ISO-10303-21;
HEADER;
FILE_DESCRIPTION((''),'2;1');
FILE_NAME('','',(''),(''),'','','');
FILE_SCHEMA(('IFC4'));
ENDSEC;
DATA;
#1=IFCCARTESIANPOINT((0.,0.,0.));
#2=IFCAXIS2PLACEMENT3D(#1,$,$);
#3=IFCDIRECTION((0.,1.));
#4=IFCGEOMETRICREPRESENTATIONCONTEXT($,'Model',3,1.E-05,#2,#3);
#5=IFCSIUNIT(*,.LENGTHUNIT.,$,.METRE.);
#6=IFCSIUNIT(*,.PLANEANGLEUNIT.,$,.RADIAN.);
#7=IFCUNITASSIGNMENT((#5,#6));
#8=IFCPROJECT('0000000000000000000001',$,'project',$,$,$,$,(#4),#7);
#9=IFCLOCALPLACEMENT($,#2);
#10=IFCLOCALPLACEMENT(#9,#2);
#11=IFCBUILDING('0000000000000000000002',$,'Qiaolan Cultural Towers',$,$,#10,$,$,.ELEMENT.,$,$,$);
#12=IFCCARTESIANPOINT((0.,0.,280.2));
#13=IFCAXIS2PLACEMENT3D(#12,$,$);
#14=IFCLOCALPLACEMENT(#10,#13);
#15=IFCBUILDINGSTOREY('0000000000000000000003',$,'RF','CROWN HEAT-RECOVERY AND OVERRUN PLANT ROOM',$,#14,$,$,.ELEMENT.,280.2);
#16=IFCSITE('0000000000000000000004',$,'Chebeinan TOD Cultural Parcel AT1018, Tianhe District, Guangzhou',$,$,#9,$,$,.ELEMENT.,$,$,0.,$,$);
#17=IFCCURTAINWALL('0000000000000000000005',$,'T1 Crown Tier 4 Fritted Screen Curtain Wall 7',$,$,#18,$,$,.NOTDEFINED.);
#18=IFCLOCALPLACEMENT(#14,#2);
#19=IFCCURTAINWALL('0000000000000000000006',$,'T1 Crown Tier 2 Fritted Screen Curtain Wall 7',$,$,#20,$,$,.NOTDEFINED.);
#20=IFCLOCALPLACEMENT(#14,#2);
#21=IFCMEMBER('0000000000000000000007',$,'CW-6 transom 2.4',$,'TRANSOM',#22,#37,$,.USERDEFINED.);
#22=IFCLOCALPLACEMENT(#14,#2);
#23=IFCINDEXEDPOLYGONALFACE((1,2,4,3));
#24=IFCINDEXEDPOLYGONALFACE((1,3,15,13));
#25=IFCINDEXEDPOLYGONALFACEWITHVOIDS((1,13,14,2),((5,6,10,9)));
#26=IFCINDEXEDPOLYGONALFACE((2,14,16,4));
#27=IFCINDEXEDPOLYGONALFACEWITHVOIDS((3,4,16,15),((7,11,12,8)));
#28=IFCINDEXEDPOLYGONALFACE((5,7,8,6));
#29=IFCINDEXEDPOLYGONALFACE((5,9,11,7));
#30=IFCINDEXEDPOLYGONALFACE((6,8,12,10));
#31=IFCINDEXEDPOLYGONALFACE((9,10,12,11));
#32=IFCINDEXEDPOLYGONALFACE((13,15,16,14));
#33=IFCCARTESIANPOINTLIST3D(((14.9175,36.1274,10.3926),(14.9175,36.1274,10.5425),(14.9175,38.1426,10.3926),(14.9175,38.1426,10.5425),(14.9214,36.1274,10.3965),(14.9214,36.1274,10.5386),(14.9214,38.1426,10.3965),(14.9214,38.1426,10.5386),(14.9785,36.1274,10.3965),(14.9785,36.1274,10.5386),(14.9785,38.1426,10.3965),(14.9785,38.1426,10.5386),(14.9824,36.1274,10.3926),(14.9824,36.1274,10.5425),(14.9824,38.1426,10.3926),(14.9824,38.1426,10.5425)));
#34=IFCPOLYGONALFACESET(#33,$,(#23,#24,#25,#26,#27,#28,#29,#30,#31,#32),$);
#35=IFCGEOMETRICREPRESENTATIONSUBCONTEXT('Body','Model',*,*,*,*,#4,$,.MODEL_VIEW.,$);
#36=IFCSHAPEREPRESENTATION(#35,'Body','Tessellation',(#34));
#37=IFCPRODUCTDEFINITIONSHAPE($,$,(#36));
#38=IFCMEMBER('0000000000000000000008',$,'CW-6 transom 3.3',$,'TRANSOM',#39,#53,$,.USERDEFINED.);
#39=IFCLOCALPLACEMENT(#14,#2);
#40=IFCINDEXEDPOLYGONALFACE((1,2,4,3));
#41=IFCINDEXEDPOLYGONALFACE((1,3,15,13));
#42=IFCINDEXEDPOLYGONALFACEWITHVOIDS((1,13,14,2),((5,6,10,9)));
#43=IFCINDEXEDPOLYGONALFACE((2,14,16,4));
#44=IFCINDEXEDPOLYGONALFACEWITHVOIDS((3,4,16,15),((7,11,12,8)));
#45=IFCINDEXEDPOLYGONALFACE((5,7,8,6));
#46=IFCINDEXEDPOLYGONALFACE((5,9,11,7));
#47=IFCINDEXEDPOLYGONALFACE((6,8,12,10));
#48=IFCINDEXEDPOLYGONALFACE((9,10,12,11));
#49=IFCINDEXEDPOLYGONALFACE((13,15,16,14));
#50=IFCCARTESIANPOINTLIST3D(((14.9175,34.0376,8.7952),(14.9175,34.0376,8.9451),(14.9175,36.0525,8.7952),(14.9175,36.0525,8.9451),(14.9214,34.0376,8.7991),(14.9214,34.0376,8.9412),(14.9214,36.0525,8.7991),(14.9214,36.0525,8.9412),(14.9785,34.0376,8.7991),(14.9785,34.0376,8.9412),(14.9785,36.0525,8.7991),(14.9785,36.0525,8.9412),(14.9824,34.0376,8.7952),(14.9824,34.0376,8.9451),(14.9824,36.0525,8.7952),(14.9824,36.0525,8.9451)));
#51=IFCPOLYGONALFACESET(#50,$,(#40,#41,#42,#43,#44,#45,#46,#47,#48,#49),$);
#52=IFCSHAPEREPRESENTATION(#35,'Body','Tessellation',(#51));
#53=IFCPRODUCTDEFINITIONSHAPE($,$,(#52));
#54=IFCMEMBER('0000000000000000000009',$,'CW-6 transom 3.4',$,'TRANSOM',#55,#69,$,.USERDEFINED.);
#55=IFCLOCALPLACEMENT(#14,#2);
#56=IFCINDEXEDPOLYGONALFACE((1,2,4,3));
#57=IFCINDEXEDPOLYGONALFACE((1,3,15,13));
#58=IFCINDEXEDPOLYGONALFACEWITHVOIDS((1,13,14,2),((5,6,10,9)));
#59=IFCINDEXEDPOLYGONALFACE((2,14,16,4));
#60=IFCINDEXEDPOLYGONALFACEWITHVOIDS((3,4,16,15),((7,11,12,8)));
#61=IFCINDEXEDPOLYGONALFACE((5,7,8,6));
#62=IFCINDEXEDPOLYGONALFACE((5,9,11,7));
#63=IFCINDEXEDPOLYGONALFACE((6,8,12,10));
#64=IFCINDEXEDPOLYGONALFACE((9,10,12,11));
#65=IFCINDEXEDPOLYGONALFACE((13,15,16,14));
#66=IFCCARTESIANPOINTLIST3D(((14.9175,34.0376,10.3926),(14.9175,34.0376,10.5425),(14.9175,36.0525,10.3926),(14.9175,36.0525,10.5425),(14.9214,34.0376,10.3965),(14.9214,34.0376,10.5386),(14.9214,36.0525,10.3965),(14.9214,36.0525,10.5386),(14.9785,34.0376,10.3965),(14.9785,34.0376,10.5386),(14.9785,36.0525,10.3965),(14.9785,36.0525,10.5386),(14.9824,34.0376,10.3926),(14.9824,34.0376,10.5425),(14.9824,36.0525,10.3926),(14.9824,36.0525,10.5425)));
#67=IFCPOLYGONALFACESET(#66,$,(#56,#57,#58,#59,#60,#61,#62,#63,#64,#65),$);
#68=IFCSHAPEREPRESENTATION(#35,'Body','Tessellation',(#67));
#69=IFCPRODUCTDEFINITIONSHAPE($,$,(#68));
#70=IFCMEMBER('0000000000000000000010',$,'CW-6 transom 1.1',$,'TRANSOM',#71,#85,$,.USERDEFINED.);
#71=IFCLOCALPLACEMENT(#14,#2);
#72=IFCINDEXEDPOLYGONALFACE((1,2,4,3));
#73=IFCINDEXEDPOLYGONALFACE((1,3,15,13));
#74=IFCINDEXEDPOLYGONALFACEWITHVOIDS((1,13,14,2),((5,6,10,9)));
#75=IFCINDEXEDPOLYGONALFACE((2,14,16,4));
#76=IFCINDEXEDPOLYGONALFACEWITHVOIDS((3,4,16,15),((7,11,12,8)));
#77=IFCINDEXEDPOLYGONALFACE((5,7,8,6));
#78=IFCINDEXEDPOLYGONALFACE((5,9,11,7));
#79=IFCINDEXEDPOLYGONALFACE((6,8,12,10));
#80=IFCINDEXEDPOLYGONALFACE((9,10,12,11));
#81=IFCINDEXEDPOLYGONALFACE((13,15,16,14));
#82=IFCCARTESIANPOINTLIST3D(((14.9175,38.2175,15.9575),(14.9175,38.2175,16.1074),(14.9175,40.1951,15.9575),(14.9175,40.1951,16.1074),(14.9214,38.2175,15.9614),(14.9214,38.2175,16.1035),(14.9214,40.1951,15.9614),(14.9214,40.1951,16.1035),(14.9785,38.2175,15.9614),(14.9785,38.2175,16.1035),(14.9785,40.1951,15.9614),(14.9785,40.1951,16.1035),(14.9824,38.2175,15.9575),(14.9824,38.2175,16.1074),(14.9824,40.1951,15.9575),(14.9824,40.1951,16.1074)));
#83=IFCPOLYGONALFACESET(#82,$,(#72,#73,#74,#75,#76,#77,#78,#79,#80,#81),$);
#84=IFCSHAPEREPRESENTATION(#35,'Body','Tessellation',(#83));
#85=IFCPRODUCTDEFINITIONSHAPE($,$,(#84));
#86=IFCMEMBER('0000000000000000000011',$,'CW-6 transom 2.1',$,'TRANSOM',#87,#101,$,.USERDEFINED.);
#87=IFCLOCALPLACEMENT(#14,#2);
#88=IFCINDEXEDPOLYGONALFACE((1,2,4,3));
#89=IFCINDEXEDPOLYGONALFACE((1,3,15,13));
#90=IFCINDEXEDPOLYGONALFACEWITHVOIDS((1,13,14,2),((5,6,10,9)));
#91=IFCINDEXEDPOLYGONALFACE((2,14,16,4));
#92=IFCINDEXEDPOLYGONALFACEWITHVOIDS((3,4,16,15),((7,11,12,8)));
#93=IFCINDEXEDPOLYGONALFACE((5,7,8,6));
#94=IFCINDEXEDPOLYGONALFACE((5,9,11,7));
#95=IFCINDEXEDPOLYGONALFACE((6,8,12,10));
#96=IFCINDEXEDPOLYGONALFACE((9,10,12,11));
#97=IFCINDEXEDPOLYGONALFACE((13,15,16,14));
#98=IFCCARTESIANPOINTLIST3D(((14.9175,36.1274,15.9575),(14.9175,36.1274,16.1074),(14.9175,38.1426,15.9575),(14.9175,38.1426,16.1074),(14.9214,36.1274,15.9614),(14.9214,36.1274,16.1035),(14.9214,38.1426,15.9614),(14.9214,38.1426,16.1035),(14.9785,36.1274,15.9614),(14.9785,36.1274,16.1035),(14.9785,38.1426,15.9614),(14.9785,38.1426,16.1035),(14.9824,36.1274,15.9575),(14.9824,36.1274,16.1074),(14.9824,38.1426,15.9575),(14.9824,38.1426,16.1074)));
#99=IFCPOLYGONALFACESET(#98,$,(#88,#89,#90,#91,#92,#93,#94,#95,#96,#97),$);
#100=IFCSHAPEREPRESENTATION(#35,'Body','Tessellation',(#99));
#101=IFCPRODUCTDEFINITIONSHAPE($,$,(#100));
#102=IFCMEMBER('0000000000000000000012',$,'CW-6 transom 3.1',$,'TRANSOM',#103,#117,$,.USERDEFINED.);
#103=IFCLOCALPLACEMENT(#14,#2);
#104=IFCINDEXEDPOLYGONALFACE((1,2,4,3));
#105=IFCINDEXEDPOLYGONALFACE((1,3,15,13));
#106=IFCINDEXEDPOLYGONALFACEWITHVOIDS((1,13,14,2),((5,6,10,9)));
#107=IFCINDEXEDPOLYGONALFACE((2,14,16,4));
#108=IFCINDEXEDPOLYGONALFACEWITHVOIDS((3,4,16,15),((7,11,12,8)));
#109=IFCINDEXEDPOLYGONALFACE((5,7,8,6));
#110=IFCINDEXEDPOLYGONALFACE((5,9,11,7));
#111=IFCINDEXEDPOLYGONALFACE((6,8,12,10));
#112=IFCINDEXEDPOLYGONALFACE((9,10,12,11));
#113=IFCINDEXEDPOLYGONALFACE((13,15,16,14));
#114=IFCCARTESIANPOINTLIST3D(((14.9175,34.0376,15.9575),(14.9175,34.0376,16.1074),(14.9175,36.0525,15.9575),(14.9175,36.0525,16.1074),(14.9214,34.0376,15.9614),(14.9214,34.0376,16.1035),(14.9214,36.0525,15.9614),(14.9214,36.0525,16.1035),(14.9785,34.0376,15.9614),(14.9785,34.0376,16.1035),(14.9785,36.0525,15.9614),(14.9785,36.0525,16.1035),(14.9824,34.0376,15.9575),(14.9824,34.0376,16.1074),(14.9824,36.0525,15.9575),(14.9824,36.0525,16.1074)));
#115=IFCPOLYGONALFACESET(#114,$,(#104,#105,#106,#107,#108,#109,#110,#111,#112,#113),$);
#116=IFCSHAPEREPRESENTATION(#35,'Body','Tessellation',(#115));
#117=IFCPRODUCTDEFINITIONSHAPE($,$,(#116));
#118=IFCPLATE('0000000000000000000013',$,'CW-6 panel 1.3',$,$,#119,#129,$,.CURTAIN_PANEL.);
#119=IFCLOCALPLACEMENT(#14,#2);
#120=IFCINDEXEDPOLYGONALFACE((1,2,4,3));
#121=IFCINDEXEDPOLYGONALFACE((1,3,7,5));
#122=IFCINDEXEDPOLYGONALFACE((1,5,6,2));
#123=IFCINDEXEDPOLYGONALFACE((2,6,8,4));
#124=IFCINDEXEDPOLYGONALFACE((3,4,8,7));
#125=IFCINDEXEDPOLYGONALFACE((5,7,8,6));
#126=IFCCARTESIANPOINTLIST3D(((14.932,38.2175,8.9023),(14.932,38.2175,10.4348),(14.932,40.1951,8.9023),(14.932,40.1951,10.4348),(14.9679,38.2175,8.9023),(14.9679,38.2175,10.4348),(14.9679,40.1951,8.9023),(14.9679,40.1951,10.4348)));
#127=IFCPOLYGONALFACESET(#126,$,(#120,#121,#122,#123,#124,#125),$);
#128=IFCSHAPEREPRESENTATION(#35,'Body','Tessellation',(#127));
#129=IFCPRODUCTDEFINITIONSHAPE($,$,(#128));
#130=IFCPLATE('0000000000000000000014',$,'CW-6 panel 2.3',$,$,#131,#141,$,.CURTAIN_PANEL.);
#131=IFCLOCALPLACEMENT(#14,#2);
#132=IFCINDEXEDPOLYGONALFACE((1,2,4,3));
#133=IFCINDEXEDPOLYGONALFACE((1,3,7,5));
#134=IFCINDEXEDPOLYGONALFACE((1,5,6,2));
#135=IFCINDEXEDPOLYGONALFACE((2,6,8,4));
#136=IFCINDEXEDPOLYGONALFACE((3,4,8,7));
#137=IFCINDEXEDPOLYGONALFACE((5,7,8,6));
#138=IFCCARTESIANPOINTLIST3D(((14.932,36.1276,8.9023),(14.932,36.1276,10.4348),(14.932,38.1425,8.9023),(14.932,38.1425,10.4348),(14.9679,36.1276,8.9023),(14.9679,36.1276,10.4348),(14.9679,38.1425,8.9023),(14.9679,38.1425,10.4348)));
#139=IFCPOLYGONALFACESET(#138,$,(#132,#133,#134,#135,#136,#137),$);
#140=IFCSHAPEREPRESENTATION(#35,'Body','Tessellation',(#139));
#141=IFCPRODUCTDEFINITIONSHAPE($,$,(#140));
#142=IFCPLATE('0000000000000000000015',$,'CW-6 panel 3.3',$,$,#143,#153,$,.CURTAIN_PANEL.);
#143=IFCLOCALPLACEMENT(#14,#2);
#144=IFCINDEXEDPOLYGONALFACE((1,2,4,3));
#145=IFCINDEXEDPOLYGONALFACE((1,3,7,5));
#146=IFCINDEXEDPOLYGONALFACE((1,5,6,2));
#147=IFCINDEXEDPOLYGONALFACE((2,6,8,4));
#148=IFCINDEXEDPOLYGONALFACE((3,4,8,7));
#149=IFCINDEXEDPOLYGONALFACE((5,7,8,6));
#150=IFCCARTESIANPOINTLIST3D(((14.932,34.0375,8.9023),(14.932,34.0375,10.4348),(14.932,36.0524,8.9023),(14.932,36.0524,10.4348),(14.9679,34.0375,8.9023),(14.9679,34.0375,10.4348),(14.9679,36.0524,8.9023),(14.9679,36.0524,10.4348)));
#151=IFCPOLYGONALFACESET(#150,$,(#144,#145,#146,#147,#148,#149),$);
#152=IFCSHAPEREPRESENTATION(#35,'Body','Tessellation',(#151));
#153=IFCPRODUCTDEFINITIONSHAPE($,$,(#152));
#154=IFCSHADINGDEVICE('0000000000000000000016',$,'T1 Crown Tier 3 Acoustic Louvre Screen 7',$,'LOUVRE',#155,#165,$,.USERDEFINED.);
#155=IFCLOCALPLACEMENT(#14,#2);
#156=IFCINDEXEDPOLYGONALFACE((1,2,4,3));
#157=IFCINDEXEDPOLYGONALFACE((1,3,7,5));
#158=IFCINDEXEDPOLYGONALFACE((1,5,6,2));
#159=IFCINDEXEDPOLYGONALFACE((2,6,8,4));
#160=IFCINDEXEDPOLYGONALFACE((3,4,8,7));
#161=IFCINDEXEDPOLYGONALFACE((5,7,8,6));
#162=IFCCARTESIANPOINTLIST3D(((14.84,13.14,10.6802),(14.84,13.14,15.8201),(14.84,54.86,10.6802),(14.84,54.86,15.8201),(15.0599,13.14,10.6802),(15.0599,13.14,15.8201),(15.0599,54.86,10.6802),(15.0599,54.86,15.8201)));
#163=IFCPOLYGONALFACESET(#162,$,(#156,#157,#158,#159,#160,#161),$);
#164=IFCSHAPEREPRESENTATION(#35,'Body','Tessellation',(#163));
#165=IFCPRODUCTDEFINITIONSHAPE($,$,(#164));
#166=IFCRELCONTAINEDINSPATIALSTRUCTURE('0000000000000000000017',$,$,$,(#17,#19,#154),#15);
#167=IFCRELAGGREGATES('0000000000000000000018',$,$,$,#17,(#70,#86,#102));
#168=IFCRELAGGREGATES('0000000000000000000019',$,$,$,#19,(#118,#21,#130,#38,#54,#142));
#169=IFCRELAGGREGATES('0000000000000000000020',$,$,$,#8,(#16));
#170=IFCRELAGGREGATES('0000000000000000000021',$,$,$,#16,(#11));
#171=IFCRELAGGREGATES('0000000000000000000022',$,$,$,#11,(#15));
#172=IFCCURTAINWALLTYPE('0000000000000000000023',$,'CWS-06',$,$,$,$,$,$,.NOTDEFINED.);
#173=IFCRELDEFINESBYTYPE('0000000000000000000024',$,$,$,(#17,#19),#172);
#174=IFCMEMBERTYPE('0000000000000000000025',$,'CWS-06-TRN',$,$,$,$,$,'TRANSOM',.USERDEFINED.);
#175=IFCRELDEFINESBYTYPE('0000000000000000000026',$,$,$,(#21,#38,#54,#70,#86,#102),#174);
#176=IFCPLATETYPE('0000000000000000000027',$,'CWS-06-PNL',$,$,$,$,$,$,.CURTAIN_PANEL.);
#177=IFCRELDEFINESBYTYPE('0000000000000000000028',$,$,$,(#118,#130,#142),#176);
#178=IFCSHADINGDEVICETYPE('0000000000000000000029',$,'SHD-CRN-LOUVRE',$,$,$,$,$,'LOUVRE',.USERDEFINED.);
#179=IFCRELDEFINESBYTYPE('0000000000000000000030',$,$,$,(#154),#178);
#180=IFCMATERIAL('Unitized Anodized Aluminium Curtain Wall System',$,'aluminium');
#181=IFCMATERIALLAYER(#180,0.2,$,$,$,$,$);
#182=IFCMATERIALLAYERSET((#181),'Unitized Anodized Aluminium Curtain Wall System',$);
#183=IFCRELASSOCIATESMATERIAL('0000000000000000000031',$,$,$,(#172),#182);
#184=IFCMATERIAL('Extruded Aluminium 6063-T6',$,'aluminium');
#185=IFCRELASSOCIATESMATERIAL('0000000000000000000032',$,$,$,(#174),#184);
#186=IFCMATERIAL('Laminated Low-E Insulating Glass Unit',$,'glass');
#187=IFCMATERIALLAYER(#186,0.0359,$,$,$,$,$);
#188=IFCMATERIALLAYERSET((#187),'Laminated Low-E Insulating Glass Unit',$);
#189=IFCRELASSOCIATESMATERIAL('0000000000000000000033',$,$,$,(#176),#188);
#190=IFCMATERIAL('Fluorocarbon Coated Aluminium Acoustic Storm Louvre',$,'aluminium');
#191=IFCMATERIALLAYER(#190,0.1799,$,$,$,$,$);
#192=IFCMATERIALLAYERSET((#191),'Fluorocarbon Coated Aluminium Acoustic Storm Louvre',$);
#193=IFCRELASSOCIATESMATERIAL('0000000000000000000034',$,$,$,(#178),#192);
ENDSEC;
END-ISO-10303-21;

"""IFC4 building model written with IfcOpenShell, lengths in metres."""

from ifc_helpers import new_model, si_unit, direction, frame, origin, origin_2d, place, context, subcontext, project, spatial, rectangle, hollow_rectangle, extrude, material, layer, layer_set, material_profile, profile_set, type_object, element, aggregate, save


model = new_model("IFC4")

# Units and contexts
model_context = context("Model", 3, precision=1e-05, world=origin(), true_north=direction((0.0, 1.0)))
body_context = subcontext(model_context, "Body", "Model", "MODEL_VIEW")
ifc_project = project(units=[si_unit("LENGTHUNIT", "METRE"), si_unit("PLANEANGLEUNIT", "RADIAN")], contexts=[model_context])

# Site, building, storey
site_placement = place(None, origin())
site = spatial("IfcSite", under=ifc_project, at=site_placement, Name="Chebeinan TOD Cultural Parcel AT1018, Tianhe District, Guangzhou", CompositionType="ELEMENT", RefElevation=0.0)
building_placement = place(site_placement, origin())
building = spatial("IfcBuilding", under=site, at=building_placement, Name="Qiaolan Cultural Towers", CompositionType="ELEMENT")
storey_placement = place(building_placement, frame((0.0, 0.0, 280.2)))
storey = spatial("IfcBuildingStorey", under=building, at=storey_placement, Name="RF", Description="CROWN HEAT-RECOVERY AND OVERRUN PLANT ROOM", CompositionType="ELEMENT", Elevation=280.2)

# Curtain walls, members
ifc_material_1 = material(Name="Unitized Anodized Aluminium Curtain Wall System", Category="aluminium")
ifc_layer_1 = layer(ifc_material_1, 0.2)
ifc_layer_set_1 = layer_set([ifc_layer_1], Name="Unitized Anodized Aluminium Curtain Wall System")
curtain_wall_type = type_object("IfcCurtainWallType", Name="CWS-06", PredefinedType="NOTDEFINED", material=ifc_layer_set_1)
curtain_wall_1_placement = place(storey_placement, origin())
curtain_wall_1 = element("IfcCurtainWall", 1, at=curtain_wall_1_placement, inside=storey, type_object=curtain_wall_type, Name="T1 Crown Tier 4 Fritted Screen Curtain Wall 7", PredefinedType="NOTDEFINED")
curtain_wall_2_placement = place(storey_placement, origin())
curtain_wall_2 = element("IfcCurtainWall", 2, at=curtain_wall_2_placement, inside=storey, type_object=curtain_wall_type, Name="T1 Crown Tier 2 Fritted Screen Curtain Wall 7", PredefinedType="NOTDEFINED")
ifc_material_2 = material(Name="Extruded Aluminium 6063-T6", Category="aluminium")
ifc_material_profile_1 = material_profile(ifc_material_2, hollow_rectangle(XDim=0.0649, YDim=0.1499, WallThickness=0.0039, at=origin_2d()), Name="CWT-150x65x4")
ifc_profile_set_1 = profile_set([ifc_material_profile_1], Name="Extruded Aluminium 6063-T6")
member_type_1 = type_object("IfcMemberType", Name="CWS-06-TRN", ElementType="TRANSOM", PredefinedType="USERDEFINED", material=ifc_profile_set_1)
member_1_placement = place(storey_placement, frame((14.95, 38.1426, 10.4675), z_axis=(0.0, -1.0, 0.0), x_axis=(1.0, 0.0, 0.0)))
member_1 = element("IfcMember", 3, at=member_1_placement, type_object=member_type_1, Name="CW-6 transom 2.4", ObjectType="TRANSOM", PredefinedType="USERDEFINED", context=body_context, shape_type="SweptSolid", body=[
    extrude(hollow_rectangle(XDim=0.0649, YDim=0.1499, WallThickness=0.0039, at=origin_2d()), origin(), (0.0, 0.0, 1.0), 2.0151),
])
member_2_placement = place(storey_placement, frame((14.95, 36.0525, 8.8701), z_axis=(0.0, -1.0, 0.0), x_axis=(1.0, 0.0, 0.0)))
member_2 = element("IfcMember", 4, at=member_2_placement, type_object=member_type_1, Name="CW-6 transom 3.3", ObjectType="TRANSOM", PredefinedType="USERDEFINED", context=body_context, shape_type="SweptSolid", body=[
    extrude(hollow_rectangle(XDim=0.0649, YDim=0.1499, WallThickness=0.0039, at=origin_2d()), origin(), (0.0, 0.0, 1.0), 2.0149),
])
member_3_placement = place(storey_placement, frame((14.95, 36.0525, 10.4675), z_axis=(0.0, -1.0, 0.0), x_axis=(1.0, 0.0, 0.0)))
member_3 = element("IfcMember", 5, at=member_3_placement, type_object=member_type_1, Name="CW-6 transom 3.4", ObjectType="TRANSOM", PredefinedType="USERDEFINED", context=body_context, shape_type="SweptSolid", body=[
    extrude(hollow_rectangle(XDim=0.0649, YDim=0.1499, WallThickness=0.0039, at=origin_2d()), origin(), (0.0, 0.0, 1.0), 2.0149),
])

# Members
member_4_placement = place(storey_placement, frame((14.95, 40.1951, 16.0325), z_axis=(0.0, -1.0, 0.0), x_axis=(1.0, 0.0, 0.0)))
member_4 = element("IfcMember", 6, at=member_4_placement, type_object=member_type_1, Name="CW-6 transom 1.1", ObjectType="TRANSOM", PredefinedType="USERDEFINED", context=body_context, shape_type="SweptSolid", body=[
    extrude(hollow_rectangle(XDim=0.0649, YDim=0.1499, WallThickness=0.0039, at=origin_2d()), origin(), (0.0, 0.0, 1.0), 1.9775),
])
member_5_placement = place(storey_placement, frame((14.95, 38.1426, 16.0325), z_axis=(0.0, -1.0, 0.0), x_axis=(1.0, 0.0, 0.0)))
member_5 = element("IfcMember", 7, at=member_5_placement, type_object=member_type_1, Name="CW-6 transom 2.1", ObjectType="TRANSOM", PredefinedType="USERDEFINED", context=body_context, shape_type="SweptSolid", body=[
    extrude(hollow_rectangle(XDim=0.0649, YDim=0.1499, WallThickness=0.0039, at=origin_2d()), origin(), (0.0, 0.0, 1.0), 2.0151),
])
member_6_placement = place(storey_placement, frame((14.95, 36.0525, 16.0325), z_axis=(0.0, -1.0, 0.0), x_axis=(1.0, 0.0, 0.0)))
member_6 = element("IfcMember", 8, at=member_6_placement, type_object=member_type_1, Name="CW-6 transom 3.1", ObjectType="TRANSOM", PredefinedType="USERDEFINED", context=body_context, shape_type="SweptSolid", body=[
    extrude(hollow_rectangle(XDim=0.0649, YDim=0.1499, WallThickness=0.0039, at=origin_2d()), origin(), (0.0, 0.0, 1.0), 2.0149),
])
aggregate(curtain_wall_1, [member_4, member_5, member_6])

# Plates
ifc_material_3 = material(Name="Laminated Low-E Insulating Glass Unit", Category="glass")
ifc_layer_2 = layer(ifc_material_3, 0.0359)
ifc_layer_set_2 = layer_set([ifc_layer_2], Name="Laminated Low-E Insulating Glass Unit")
plate_type = type_object("IfcPlateType", Name="CWS-06-PNL", PredefinedType="CURTAIN_PANEL", material=ifc_layer_set_2)
plate_1_placement = place(storey_placement, frame((14.95, 39.2063, 8.9023), z_axis=(0.0, 0.0, 1.0), x_axis=(0.0, -1.0, 0.0)))
plate_1 = element("IfcPlate", 9, at=plate_1_placement, type_object=plate_type, Name="CW-6 panel 1.3", PredefinedType="CURTAIN_PANEL", context=body_context, shape_type="SweptSolid", body=[
    extrude(rectangle(XDim=1.9775, YDim=0.0359, at=origin_2d()), origin(), (0.0, 0.0, 1.0), 1.5325),
])
plate_2_placement = place(storey_placement, frame((14.95, 37.135, 8.9023), z_axis=(0.0, 0.0, 1.0), x_axis=(0.0, -1.0, 0.0)))
plate_2 = element("IfcPlate", 10, at=plate_2_placement, type_object=plate_type, Name="CW-6 panel 2.3", PredefinedType="CURTAIN_PANEL", context=body_context, shape_type="SweptSolid", body=[
    extrude(rectangle(XDim=2.0149, YDim=0.0359, at=origin_2d()), origin(), (0.0, 0.0, 1.0), 1.5325),
])
plate_3_placement = place(storey_placement, frame((14.95, 35.0449, 8.9023), z_axis=(0.0, 0.0, 1.0), x_axis=(0.0, -1.0, 0.0)))
plate_3 = element("IfcPlate", 11, at=plate_3_placement, type_object=plate_type, Name="CW-6 panel 3.3", PredefinedType="CURTAIN_PANEL", context=body_context, shape_type="SweptSolid", body=[
    extrude(rectangle(XDim=2.0149, YDim=0.0359, at=origin_2d()), origin(), (0.0, 0.0, 1.0), 1.5325),
])
aggregate(curtain_wall_2, [plate_1, member_1, plate_2, member_2, member_3, plate_3])

# Shading device
ifc_material_4 = material(Name="Fluorocarbon Coated Aluminium Acoustic Storm Louvre", Category="aluminium")
ifc_layer_3 = layer(ifc_material_4, 0.1799)
ifc_layer_set_3 = layer_set([ifc_layer_3], Name="Fluorocarbon Coated Aluminium Acoustic Storm Louvre")
shading_device_type = type_object("IfcShadingDeviceType", Name="SHD-CRN-LOUVRE", ElementType="LOUVRE", PredefinedType="USERDEFINED", material=ifc_layer_set_3)
shading_device_placement = place(storey_placement, frame((14.95, 34.0, 10.6802), z_axis=(0.0, 0.0, 1.0), x_axis=(0.0, -1.0, 0.0)))
element("IfcShadingDevice", 12, at=shading_device_placement, inside=storey, type_object=shading_device_type, Name="T1 Crown Tier 3 Acoustic Louvre Screen 7", ObjectType="LOUVRE", PredefinedType="USERDEFINED", context=body_context, shape_type="SweptSolid", body=[
    extrude(rectangle(XDim=41.72, YDim=0.22, at=origin_2d()), origin(), (0.0, 0.0, 1.0), 5.1399),
])

save(model, "model.ifc")
